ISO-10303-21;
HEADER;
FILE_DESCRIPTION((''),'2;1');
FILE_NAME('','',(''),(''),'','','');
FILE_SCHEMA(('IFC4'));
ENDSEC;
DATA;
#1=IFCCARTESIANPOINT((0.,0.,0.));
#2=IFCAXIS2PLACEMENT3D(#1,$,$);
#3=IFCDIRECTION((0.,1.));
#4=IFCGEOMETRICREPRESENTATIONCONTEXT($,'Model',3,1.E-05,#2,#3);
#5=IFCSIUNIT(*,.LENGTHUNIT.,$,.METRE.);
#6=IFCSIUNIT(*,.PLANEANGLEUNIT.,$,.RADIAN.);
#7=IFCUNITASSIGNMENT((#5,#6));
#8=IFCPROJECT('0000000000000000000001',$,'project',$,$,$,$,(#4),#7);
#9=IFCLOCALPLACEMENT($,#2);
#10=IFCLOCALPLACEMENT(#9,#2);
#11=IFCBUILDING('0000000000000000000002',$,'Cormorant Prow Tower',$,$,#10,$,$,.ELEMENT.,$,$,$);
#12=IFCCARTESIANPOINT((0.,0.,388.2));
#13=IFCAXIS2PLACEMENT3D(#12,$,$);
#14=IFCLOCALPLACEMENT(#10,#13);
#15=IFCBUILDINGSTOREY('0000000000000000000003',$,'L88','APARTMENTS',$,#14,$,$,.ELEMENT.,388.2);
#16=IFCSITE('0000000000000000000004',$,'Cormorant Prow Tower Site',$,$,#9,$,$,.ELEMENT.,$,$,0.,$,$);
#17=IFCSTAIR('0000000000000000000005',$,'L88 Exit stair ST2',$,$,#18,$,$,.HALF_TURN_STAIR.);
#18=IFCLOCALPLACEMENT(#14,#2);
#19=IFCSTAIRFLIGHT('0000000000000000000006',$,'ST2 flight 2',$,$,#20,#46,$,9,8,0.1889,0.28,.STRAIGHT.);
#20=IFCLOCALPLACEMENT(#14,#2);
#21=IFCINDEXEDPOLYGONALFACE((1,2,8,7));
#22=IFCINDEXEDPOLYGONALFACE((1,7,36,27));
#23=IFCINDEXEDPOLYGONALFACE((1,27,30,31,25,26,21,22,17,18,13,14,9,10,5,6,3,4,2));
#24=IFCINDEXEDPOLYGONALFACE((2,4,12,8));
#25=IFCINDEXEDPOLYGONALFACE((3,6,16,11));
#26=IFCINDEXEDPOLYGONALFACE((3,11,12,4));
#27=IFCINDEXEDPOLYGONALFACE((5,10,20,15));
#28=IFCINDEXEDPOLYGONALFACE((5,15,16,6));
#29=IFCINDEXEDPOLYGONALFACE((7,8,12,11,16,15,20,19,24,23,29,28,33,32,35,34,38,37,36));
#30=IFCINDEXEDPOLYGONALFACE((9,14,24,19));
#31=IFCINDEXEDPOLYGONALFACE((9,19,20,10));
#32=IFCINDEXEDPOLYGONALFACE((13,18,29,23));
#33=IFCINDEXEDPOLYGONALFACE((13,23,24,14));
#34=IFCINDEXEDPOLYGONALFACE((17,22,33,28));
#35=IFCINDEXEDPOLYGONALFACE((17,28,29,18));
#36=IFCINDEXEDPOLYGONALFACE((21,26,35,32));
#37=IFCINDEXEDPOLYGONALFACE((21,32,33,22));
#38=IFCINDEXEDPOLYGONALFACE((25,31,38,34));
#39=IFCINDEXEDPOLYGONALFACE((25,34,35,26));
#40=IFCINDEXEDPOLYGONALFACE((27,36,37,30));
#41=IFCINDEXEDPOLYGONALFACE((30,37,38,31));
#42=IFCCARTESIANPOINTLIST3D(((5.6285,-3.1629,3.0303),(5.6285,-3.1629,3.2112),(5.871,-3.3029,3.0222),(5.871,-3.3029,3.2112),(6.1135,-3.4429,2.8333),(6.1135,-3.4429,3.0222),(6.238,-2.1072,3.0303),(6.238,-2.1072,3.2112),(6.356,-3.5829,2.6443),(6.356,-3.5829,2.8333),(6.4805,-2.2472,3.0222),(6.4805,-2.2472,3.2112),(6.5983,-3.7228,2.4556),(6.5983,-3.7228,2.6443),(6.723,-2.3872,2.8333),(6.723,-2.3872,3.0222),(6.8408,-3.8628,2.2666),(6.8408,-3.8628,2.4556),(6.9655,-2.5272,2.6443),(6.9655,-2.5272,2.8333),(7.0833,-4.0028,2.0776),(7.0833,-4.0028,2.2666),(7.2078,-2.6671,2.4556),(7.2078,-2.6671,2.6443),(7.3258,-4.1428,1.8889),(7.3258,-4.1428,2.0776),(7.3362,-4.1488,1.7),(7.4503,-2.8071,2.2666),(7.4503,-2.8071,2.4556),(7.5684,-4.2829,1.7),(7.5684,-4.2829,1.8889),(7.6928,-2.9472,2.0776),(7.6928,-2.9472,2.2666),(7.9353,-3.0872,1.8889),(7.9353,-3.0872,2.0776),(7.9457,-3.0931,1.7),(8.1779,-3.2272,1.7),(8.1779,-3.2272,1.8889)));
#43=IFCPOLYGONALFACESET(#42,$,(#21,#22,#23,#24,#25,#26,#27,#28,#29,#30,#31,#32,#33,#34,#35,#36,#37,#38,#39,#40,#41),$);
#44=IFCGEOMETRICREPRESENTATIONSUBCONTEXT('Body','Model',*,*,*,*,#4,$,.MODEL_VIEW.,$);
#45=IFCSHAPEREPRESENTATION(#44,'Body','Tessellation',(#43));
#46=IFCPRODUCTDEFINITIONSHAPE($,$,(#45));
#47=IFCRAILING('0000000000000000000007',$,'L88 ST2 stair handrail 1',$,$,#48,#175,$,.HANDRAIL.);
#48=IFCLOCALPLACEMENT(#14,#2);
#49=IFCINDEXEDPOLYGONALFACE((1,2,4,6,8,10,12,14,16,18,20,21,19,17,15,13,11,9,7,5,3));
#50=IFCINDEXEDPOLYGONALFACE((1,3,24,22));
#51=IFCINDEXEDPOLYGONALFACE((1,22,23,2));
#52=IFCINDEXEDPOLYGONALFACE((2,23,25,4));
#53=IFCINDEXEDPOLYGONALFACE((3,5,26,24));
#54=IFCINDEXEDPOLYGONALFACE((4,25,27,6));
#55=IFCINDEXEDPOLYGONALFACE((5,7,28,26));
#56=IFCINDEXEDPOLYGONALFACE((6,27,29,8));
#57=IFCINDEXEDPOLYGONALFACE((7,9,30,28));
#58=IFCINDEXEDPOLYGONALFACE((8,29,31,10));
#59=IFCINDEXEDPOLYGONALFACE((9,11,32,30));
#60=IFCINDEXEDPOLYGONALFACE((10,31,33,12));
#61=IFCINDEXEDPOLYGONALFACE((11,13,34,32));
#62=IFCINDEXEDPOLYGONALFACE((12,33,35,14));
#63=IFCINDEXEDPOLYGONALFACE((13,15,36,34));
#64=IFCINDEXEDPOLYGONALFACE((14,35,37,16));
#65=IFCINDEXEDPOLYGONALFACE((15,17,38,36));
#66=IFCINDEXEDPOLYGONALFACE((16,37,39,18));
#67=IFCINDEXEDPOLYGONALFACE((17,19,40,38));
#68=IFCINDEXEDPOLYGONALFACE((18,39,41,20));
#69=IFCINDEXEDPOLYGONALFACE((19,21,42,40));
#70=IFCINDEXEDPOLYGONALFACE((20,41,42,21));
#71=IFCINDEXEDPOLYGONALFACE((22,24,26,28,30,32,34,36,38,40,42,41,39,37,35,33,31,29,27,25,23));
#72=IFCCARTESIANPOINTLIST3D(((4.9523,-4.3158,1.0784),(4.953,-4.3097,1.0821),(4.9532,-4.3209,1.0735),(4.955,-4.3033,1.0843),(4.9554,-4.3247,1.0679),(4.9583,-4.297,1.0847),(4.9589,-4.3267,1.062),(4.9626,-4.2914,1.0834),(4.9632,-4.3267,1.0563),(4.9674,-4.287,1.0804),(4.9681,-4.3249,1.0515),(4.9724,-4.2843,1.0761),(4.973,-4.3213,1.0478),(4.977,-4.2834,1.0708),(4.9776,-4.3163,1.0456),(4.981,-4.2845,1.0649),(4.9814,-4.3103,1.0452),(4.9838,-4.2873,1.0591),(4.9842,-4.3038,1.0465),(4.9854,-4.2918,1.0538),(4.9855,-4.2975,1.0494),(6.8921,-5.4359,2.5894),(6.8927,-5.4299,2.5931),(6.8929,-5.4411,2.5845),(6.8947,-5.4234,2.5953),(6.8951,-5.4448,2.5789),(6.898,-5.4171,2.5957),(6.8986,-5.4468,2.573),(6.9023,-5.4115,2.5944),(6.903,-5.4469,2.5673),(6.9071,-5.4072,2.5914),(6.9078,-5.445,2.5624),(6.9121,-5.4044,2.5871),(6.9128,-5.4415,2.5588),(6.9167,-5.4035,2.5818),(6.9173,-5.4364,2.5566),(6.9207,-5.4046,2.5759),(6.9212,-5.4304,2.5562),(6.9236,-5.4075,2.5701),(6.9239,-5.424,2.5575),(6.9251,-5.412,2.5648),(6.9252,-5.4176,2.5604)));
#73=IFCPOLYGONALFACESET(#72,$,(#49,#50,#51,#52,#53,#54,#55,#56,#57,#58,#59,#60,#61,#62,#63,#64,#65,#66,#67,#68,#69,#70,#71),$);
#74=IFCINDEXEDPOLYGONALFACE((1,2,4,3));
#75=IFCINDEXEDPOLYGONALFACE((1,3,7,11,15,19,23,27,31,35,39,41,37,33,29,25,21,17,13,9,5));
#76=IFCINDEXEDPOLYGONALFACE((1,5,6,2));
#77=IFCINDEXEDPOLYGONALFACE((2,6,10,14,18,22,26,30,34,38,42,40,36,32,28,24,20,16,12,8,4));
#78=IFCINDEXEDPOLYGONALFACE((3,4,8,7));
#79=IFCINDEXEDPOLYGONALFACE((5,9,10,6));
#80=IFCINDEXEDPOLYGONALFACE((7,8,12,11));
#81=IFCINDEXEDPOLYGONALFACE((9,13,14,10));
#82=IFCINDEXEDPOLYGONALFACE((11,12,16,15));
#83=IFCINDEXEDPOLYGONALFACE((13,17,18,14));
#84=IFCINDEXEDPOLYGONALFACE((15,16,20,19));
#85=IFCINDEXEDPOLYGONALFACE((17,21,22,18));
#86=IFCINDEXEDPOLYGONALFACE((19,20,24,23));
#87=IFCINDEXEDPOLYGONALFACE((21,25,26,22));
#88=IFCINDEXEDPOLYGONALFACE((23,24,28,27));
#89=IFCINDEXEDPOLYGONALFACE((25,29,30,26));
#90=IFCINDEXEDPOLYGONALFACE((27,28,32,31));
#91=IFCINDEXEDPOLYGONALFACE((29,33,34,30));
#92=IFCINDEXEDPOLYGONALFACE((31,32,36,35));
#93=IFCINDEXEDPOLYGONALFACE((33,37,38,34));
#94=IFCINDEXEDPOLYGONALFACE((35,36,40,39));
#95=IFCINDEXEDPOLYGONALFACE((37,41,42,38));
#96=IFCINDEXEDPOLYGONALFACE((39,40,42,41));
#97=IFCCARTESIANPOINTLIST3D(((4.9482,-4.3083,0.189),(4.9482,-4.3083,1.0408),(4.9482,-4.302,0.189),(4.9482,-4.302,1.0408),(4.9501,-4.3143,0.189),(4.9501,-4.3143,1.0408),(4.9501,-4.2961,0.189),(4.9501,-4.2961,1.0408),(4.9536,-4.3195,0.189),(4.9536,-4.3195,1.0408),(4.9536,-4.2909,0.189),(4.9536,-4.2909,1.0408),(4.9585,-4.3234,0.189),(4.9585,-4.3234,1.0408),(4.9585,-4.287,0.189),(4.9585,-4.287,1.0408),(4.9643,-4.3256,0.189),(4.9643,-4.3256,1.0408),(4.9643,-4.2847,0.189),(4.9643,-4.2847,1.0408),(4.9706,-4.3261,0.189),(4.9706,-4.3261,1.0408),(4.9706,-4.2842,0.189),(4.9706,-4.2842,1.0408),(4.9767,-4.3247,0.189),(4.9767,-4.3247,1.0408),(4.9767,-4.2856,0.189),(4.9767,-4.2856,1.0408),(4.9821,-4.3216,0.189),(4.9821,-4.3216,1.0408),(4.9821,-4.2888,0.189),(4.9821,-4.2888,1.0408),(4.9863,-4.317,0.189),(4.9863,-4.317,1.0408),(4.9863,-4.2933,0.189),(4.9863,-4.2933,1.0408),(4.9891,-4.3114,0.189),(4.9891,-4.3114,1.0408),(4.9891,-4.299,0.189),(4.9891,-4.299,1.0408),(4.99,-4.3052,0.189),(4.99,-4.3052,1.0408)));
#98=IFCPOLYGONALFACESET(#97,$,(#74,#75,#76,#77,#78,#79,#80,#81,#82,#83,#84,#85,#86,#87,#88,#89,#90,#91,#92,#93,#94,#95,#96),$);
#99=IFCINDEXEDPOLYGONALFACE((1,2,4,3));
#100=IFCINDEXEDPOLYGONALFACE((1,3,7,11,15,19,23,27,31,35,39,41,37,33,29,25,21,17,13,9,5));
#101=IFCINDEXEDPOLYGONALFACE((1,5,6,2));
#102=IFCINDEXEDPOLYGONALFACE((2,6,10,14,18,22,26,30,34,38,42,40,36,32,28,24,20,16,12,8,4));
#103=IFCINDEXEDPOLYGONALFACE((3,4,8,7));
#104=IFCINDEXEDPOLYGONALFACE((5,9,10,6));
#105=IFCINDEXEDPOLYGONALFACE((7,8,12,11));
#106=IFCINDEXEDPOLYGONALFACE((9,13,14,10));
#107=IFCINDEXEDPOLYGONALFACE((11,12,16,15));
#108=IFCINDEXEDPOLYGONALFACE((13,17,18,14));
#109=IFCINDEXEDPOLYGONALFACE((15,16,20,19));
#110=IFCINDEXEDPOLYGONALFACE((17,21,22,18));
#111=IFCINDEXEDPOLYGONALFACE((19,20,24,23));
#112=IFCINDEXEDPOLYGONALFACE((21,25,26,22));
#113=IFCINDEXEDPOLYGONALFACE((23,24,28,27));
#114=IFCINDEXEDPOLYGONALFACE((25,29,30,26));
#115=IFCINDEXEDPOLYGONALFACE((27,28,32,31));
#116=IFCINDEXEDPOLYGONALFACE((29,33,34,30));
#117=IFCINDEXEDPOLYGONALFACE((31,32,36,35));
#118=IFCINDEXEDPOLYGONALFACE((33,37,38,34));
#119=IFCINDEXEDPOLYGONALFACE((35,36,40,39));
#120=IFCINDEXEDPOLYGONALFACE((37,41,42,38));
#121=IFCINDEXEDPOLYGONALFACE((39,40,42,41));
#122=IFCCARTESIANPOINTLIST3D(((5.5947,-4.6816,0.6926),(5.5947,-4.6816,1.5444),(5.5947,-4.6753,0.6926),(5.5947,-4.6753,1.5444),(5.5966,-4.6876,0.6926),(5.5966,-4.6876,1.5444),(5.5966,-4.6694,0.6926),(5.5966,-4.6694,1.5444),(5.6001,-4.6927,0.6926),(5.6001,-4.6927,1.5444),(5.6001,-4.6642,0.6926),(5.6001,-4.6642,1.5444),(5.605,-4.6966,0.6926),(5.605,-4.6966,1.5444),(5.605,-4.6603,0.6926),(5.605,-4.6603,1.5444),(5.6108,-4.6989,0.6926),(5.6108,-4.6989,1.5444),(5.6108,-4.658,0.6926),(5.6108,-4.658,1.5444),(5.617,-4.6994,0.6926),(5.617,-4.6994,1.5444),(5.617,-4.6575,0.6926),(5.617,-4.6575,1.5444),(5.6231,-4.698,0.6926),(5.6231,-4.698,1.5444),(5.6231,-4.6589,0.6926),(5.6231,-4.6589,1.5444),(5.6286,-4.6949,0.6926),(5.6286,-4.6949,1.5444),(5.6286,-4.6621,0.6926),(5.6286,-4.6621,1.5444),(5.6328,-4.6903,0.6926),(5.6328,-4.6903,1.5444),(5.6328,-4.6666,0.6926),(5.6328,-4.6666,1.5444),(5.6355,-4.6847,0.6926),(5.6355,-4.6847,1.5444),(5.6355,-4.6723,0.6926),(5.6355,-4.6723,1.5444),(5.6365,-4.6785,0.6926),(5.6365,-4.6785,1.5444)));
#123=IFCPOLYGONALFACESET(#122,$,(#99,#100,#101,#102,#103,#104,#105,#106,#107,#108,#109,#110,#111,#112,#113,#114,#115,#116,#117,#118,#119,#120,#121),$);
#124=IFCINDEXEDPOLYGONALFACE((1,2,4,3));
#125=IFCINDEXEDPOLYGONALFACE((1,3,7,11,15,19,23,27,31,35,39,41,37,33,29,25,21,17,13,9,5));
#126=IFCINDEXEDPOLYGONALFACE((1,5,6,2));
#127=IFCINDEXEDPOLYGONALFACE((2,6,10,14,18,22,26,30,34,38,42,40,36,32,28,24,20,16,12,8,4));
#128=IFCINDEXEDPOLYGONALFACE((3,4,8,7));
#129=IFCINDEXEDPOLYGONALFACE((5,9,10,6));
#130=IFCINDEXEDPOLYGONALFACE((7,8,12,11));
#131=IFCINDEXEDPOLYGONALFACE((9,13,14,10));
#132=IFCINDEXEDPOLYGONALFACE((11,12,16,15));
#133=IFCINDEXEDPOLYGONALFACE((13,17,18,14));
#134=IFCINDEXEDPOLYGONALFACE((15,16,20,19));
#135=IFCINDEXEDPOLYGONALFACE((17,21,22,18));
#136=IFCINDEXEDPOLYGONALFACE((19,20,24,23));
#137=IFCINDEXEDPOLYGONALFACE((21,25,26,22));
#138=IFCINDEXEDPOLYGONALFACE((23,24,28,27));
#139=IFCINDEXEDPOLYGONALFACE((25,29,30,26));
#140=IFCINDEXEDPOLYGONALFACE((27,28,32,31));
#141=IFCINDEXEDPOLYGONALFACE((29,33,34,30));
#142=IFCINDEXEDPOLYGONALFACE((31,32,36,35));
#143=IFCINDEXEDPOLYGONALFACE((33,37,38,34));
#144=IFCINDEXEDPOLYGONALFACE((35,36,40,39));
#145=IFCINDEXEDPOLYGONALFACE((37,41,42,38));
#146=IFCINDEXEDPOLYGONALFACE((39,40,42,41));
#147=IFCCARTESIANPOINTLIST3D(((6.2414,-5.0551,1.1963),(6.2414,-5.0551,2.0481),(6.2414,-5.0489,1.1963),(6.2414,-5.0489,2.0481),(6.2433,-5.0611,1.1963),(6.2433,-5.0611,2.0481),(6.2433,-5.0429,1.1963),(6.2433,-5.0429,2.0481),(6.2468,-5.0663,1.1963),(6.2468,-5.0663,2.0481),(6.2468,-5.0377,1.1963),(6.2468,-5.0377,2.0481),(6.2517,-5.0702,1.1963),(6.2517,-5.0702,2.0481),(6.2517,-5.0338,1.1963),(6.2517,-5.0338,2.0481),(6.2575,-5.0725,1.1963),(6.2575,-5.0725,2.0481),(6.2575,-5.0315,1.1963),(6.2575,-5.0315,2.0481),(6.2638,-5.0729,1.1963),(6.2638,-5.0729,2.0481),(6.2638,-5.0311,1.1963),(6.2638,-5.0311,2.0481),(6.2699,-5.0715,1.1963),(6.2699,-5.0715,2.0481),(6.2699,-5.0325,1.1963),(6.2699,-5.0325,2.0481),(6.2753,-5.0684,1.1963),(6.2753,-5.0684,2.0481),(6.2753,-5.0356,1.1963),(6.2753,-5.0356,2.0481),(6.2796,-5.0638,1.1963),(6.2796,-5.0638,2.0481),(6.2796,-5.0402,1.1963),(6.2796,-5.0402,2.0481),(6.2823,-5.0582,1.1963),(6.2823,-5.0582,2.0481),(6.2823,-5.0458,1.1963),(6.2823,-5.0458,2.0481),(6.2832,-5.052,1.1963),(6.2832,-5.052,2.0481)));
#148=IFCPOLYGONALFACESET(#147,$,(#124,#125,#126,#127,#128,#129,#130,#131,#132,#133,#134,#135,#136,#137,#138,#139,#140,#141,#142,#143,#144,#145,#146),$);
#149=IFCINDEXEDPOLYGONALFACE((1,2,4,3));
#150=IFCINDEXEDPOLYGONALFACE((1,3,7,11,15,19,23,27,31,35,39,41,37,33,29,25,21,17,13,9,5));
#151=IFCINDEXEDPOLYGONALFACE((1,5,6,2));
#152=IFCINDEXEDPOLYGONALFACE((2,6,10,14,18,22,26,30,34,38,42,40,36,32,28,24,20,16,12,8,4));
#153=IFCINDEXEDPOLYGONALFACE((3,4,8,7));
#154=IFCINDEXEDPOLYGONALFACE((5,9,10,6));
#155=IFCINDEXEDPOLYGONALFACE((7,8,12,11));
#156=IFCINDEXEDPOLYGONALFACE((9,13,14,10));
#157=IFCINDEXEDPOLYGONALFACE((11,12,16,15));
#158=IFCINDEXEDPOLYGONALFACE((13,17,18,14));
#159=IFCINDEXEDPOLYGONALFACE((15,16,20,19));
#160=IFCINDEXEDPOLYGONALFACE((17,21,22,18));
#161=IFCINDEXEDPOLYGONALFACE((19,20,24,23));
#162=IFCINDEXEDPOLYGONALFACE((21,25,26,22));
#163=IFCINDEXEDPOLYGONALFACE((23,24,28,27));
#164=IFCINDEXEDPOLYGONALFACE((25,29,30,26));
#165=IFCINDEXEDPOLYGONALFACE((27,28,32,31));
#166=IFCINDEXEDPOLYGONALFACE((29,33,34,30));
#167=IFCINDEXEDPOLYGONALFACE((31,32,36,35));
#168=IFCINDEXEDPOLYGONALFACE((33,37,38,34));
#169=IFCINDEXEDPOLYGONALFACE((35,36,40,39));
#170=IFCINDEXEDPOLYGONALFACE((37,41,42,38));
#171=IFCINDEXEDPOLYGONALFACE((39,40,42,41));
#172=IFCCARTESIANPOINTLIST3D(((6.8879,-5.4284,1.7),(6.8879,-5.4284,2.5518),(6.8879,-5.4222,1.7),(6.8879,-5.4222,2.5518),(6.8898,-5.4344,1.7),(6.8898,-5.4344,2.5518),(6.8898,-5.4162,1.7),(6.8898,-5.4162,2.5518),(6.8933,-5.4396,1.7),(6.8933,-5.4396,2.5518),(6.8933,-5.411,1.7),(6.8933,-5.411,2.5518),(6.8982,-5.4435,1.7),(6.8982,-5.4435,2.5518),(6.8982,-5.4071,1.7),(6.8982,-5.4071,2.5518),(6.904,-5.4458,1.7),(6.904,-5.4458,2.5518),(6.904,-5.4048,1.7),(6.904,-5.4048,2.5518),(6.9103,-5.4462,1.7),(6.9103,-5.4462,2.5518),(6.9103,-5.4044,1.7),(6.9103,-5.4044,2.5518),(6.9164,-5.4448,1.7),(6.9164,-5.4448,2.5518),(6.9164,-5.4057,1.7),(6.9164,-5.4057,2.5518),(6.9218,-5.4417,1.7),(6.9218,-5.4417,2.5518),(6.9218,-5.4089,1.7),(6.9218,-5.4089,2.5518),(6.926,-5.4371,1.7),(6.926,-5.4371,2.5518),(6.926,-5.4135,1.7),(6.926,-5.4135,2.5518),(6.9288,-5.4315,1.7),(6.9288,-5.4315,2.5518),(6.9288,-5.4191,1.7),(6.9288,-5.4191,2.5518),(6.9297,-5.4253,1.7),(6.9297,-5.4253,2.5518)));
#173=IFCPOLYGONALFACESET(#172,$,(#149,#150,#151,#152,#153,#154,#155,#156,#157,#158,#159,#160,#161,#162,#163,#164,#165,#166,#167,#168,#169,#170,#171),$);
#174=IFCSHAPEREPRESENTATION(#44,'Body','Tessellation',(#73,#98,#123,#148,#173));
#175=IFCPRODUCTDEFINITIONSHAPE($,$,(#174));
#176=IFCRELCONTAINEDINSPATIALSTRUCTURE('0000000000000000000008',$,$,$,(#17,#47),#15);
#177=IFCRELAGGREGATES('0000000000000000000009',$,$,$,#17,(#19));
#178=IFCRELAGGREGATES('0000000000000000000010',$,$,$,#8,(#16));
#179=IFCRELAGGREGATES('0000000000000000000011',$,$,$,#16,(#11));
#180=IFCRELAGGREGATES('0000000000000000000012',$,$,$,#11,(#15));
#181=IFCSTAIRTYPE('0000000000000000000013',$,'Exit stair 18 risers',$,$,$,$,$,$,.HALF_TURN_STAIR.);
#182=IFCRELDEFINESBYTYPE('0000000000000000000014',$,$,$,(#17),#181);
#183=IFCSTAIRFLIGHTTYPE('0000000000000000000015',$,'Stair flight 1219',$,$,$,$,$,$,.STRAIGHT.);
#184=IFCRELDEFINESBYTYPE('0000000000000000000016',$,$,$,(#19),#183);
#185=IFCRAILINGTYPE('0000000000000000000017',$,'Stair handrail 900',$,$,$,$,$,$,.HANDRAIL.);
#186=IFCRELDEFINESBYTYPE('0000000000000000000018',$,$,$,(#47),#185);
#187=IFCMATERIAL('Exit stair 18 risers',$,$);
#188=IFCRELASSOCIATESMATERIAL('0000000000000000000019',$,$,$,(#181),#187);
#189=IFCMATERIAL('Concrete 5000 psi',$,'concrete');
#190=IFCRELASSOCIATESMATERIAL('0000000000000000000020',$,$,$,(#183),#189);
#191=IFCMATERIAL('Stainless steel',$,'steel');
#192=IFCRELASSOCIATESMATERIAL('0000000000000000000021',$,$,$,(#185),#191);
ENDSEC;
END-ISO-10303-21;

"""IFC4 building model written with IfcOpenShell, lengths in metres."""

from ifc_helpers import new_model, si_unit, direction, frame, origin, origin_2d, place, context, subcontext, project, spatial, polyline, circle, outline, extrude, material, type_object, element, aggregate, save


model = new_model("IFC4")

# Units and contexts
model_context = context("Model", 3, precision=1e-05, world=origin(), true_north=direction((0.0, 1.0)))
body_context = subcontext(model_context, "Body", "Model", "MODEL_VIEW")
ifc_project = project(units=[si_unit("LENGTHUNIT", "METRE"), si_unit("PLANEANGLEUNIT", "RADIAN")], contexts=[model_context])

# Site, building, storey
site_placement = place(None, origin())
site = spatial("IfcSite", under=ifc_project, at=site_placement, Name="Cormorant Prow Tower Site", CompositionType="ELEMENT", RefElevation=0.0)
building_placement = place(site_placement, origin())
building = spatial("IfcBuilding", under=site, at=building_placement, Name="Cormorant Prow Tower", CompositionType="ELEMENT")
storey_placement = place(building_placement, frame((0.0, 0.0, 388.2)))
storey = spatial("IfcBuildingStorey", under=building, at=storey_placement, Name="L88", Description="APARTMENTS", CompositionType="ELEMENT", Elevation=388.2)

# Stair, stair flight
ifc_material_1 = material(Name="Exit stair 18 risers")
stair_type = type_object("IfcStairType", Name="Exit stair 18 risers", PredefinedType="HALF_TURN_STAIR", material=ifc_material_1)
stair_placement = place(storey_placement, origin())
stair = element("IfcStair", 1, at=stair_placement, inside=storey, type_object=stair_type, Name="L88 Exit stair ST2", PredefinedType="HALF_TURN_STAIR")
ifc_material_2 = material(Name="Concrete 5000 psi", Category="concrete")
stair_flight_type = type_object("IfcStairFlightType", Name="Stair flight 1219", PredefinedType="STRAIGHT", material=ifc_material_2)
stair_flight_1_placement = place(storey_placement, frame((7.873, -3.7551, 1.7), z_axis=(0.0, 0.0, 1.0), x_axis=(-0.866025, 0.5, 0.0)))
stair_flight_1 = element("IfcStairFlight", 2, at=stair_flight_1_placement, type_object=stair_flight_type, Name="ST2 flight 2", NumberOfRisers=9, NumberOfTreads=8, PredefinedType="STRAIGHT", RiserHeight=0.1889, TreadLength=0.28, context=body_context, shape_type="SweptSolid", body=[
    extrude(outline(polyline([(0.0, 0.0), (0.0, 0.189), (0.28, 0.189), (0.28, 0.3777), (0.5601, 0.3777), (0.5601, 0.5667), (0.8401, 0.5667), (0.8401, 0.7556), (1.1201, 0.7556), (1.1201, 0.9443), (1.3999, 0.9443), (1.3999, 1.1333), (1.6799, 1.1333), (1.6799, 1.3223), (1.96, 1.3223), (1.96, 1.5112), (2.24, 1.5112), (2.24, 1.7), (2.24, 1.3303), (0.2681, 0.0), (0.0, 0.0)])), frame((0.0, 0.6094, 0.0), z_axis=(0.0, -1.0, 0.0), x_axis=(1.0, 0.0, 0.0)), (0.0, 0.0, 1.0), 1.219),
])
aggregate(stair, [stair_flight_1])

# Railing
ifc_material_3 = material(Name="Stainless steel", Category="steel")
railing_type_1 = type_object("IfcRailingType", Name="Stair handrail 900", PredefinedType="HANDRAIL", material=ifc_material_3)
railing_1_placement = place(storey_placement, frame((4.969, -4.3052, 0.189)))
element("IfcRailing", 3, at=railing_1_placement, inside=storey, type_object=railing_type_1, Name="L88 ST2 stair handrail 1", PredefinedType="HANDRAIL", context=body_context, shape_type="SweptSolid", body=[
    extrude(circle(Radius=0.0239, at=origin_2d()), frame((0.0, 0.0, 0.876), z_axis=(0.717906, -0.414569, 0.559235), x_axis=(0.500078, 0.86598, 0.0)), (0.0, 0.0, 1.0), 2.7019),
    extrude(circle(Radius=0.021, at=origin_2d()), origin(), (0.0, 0.0, 1.0), 0.8518),
    extrude(circle(Radius=0.021, at=origin_2d()), frame((0.6465, -0.3733, 0.5037)), (0.0, 0.0, 1.0), 0.8518),
    extrude(circle(Radius=0.021, at=origin_2d()), frame((1.2932, -0.7468, 1.0073)), (0.0, 0.0, 1.0), 0.8518),
    extrude(circle(Radius=0.021, at=origin_2d()), frame((1.9397, -1.1201, 1.511)), (0.0, 0.0, 1.0), 0.8518),
])

save(model, "model.ifc")
